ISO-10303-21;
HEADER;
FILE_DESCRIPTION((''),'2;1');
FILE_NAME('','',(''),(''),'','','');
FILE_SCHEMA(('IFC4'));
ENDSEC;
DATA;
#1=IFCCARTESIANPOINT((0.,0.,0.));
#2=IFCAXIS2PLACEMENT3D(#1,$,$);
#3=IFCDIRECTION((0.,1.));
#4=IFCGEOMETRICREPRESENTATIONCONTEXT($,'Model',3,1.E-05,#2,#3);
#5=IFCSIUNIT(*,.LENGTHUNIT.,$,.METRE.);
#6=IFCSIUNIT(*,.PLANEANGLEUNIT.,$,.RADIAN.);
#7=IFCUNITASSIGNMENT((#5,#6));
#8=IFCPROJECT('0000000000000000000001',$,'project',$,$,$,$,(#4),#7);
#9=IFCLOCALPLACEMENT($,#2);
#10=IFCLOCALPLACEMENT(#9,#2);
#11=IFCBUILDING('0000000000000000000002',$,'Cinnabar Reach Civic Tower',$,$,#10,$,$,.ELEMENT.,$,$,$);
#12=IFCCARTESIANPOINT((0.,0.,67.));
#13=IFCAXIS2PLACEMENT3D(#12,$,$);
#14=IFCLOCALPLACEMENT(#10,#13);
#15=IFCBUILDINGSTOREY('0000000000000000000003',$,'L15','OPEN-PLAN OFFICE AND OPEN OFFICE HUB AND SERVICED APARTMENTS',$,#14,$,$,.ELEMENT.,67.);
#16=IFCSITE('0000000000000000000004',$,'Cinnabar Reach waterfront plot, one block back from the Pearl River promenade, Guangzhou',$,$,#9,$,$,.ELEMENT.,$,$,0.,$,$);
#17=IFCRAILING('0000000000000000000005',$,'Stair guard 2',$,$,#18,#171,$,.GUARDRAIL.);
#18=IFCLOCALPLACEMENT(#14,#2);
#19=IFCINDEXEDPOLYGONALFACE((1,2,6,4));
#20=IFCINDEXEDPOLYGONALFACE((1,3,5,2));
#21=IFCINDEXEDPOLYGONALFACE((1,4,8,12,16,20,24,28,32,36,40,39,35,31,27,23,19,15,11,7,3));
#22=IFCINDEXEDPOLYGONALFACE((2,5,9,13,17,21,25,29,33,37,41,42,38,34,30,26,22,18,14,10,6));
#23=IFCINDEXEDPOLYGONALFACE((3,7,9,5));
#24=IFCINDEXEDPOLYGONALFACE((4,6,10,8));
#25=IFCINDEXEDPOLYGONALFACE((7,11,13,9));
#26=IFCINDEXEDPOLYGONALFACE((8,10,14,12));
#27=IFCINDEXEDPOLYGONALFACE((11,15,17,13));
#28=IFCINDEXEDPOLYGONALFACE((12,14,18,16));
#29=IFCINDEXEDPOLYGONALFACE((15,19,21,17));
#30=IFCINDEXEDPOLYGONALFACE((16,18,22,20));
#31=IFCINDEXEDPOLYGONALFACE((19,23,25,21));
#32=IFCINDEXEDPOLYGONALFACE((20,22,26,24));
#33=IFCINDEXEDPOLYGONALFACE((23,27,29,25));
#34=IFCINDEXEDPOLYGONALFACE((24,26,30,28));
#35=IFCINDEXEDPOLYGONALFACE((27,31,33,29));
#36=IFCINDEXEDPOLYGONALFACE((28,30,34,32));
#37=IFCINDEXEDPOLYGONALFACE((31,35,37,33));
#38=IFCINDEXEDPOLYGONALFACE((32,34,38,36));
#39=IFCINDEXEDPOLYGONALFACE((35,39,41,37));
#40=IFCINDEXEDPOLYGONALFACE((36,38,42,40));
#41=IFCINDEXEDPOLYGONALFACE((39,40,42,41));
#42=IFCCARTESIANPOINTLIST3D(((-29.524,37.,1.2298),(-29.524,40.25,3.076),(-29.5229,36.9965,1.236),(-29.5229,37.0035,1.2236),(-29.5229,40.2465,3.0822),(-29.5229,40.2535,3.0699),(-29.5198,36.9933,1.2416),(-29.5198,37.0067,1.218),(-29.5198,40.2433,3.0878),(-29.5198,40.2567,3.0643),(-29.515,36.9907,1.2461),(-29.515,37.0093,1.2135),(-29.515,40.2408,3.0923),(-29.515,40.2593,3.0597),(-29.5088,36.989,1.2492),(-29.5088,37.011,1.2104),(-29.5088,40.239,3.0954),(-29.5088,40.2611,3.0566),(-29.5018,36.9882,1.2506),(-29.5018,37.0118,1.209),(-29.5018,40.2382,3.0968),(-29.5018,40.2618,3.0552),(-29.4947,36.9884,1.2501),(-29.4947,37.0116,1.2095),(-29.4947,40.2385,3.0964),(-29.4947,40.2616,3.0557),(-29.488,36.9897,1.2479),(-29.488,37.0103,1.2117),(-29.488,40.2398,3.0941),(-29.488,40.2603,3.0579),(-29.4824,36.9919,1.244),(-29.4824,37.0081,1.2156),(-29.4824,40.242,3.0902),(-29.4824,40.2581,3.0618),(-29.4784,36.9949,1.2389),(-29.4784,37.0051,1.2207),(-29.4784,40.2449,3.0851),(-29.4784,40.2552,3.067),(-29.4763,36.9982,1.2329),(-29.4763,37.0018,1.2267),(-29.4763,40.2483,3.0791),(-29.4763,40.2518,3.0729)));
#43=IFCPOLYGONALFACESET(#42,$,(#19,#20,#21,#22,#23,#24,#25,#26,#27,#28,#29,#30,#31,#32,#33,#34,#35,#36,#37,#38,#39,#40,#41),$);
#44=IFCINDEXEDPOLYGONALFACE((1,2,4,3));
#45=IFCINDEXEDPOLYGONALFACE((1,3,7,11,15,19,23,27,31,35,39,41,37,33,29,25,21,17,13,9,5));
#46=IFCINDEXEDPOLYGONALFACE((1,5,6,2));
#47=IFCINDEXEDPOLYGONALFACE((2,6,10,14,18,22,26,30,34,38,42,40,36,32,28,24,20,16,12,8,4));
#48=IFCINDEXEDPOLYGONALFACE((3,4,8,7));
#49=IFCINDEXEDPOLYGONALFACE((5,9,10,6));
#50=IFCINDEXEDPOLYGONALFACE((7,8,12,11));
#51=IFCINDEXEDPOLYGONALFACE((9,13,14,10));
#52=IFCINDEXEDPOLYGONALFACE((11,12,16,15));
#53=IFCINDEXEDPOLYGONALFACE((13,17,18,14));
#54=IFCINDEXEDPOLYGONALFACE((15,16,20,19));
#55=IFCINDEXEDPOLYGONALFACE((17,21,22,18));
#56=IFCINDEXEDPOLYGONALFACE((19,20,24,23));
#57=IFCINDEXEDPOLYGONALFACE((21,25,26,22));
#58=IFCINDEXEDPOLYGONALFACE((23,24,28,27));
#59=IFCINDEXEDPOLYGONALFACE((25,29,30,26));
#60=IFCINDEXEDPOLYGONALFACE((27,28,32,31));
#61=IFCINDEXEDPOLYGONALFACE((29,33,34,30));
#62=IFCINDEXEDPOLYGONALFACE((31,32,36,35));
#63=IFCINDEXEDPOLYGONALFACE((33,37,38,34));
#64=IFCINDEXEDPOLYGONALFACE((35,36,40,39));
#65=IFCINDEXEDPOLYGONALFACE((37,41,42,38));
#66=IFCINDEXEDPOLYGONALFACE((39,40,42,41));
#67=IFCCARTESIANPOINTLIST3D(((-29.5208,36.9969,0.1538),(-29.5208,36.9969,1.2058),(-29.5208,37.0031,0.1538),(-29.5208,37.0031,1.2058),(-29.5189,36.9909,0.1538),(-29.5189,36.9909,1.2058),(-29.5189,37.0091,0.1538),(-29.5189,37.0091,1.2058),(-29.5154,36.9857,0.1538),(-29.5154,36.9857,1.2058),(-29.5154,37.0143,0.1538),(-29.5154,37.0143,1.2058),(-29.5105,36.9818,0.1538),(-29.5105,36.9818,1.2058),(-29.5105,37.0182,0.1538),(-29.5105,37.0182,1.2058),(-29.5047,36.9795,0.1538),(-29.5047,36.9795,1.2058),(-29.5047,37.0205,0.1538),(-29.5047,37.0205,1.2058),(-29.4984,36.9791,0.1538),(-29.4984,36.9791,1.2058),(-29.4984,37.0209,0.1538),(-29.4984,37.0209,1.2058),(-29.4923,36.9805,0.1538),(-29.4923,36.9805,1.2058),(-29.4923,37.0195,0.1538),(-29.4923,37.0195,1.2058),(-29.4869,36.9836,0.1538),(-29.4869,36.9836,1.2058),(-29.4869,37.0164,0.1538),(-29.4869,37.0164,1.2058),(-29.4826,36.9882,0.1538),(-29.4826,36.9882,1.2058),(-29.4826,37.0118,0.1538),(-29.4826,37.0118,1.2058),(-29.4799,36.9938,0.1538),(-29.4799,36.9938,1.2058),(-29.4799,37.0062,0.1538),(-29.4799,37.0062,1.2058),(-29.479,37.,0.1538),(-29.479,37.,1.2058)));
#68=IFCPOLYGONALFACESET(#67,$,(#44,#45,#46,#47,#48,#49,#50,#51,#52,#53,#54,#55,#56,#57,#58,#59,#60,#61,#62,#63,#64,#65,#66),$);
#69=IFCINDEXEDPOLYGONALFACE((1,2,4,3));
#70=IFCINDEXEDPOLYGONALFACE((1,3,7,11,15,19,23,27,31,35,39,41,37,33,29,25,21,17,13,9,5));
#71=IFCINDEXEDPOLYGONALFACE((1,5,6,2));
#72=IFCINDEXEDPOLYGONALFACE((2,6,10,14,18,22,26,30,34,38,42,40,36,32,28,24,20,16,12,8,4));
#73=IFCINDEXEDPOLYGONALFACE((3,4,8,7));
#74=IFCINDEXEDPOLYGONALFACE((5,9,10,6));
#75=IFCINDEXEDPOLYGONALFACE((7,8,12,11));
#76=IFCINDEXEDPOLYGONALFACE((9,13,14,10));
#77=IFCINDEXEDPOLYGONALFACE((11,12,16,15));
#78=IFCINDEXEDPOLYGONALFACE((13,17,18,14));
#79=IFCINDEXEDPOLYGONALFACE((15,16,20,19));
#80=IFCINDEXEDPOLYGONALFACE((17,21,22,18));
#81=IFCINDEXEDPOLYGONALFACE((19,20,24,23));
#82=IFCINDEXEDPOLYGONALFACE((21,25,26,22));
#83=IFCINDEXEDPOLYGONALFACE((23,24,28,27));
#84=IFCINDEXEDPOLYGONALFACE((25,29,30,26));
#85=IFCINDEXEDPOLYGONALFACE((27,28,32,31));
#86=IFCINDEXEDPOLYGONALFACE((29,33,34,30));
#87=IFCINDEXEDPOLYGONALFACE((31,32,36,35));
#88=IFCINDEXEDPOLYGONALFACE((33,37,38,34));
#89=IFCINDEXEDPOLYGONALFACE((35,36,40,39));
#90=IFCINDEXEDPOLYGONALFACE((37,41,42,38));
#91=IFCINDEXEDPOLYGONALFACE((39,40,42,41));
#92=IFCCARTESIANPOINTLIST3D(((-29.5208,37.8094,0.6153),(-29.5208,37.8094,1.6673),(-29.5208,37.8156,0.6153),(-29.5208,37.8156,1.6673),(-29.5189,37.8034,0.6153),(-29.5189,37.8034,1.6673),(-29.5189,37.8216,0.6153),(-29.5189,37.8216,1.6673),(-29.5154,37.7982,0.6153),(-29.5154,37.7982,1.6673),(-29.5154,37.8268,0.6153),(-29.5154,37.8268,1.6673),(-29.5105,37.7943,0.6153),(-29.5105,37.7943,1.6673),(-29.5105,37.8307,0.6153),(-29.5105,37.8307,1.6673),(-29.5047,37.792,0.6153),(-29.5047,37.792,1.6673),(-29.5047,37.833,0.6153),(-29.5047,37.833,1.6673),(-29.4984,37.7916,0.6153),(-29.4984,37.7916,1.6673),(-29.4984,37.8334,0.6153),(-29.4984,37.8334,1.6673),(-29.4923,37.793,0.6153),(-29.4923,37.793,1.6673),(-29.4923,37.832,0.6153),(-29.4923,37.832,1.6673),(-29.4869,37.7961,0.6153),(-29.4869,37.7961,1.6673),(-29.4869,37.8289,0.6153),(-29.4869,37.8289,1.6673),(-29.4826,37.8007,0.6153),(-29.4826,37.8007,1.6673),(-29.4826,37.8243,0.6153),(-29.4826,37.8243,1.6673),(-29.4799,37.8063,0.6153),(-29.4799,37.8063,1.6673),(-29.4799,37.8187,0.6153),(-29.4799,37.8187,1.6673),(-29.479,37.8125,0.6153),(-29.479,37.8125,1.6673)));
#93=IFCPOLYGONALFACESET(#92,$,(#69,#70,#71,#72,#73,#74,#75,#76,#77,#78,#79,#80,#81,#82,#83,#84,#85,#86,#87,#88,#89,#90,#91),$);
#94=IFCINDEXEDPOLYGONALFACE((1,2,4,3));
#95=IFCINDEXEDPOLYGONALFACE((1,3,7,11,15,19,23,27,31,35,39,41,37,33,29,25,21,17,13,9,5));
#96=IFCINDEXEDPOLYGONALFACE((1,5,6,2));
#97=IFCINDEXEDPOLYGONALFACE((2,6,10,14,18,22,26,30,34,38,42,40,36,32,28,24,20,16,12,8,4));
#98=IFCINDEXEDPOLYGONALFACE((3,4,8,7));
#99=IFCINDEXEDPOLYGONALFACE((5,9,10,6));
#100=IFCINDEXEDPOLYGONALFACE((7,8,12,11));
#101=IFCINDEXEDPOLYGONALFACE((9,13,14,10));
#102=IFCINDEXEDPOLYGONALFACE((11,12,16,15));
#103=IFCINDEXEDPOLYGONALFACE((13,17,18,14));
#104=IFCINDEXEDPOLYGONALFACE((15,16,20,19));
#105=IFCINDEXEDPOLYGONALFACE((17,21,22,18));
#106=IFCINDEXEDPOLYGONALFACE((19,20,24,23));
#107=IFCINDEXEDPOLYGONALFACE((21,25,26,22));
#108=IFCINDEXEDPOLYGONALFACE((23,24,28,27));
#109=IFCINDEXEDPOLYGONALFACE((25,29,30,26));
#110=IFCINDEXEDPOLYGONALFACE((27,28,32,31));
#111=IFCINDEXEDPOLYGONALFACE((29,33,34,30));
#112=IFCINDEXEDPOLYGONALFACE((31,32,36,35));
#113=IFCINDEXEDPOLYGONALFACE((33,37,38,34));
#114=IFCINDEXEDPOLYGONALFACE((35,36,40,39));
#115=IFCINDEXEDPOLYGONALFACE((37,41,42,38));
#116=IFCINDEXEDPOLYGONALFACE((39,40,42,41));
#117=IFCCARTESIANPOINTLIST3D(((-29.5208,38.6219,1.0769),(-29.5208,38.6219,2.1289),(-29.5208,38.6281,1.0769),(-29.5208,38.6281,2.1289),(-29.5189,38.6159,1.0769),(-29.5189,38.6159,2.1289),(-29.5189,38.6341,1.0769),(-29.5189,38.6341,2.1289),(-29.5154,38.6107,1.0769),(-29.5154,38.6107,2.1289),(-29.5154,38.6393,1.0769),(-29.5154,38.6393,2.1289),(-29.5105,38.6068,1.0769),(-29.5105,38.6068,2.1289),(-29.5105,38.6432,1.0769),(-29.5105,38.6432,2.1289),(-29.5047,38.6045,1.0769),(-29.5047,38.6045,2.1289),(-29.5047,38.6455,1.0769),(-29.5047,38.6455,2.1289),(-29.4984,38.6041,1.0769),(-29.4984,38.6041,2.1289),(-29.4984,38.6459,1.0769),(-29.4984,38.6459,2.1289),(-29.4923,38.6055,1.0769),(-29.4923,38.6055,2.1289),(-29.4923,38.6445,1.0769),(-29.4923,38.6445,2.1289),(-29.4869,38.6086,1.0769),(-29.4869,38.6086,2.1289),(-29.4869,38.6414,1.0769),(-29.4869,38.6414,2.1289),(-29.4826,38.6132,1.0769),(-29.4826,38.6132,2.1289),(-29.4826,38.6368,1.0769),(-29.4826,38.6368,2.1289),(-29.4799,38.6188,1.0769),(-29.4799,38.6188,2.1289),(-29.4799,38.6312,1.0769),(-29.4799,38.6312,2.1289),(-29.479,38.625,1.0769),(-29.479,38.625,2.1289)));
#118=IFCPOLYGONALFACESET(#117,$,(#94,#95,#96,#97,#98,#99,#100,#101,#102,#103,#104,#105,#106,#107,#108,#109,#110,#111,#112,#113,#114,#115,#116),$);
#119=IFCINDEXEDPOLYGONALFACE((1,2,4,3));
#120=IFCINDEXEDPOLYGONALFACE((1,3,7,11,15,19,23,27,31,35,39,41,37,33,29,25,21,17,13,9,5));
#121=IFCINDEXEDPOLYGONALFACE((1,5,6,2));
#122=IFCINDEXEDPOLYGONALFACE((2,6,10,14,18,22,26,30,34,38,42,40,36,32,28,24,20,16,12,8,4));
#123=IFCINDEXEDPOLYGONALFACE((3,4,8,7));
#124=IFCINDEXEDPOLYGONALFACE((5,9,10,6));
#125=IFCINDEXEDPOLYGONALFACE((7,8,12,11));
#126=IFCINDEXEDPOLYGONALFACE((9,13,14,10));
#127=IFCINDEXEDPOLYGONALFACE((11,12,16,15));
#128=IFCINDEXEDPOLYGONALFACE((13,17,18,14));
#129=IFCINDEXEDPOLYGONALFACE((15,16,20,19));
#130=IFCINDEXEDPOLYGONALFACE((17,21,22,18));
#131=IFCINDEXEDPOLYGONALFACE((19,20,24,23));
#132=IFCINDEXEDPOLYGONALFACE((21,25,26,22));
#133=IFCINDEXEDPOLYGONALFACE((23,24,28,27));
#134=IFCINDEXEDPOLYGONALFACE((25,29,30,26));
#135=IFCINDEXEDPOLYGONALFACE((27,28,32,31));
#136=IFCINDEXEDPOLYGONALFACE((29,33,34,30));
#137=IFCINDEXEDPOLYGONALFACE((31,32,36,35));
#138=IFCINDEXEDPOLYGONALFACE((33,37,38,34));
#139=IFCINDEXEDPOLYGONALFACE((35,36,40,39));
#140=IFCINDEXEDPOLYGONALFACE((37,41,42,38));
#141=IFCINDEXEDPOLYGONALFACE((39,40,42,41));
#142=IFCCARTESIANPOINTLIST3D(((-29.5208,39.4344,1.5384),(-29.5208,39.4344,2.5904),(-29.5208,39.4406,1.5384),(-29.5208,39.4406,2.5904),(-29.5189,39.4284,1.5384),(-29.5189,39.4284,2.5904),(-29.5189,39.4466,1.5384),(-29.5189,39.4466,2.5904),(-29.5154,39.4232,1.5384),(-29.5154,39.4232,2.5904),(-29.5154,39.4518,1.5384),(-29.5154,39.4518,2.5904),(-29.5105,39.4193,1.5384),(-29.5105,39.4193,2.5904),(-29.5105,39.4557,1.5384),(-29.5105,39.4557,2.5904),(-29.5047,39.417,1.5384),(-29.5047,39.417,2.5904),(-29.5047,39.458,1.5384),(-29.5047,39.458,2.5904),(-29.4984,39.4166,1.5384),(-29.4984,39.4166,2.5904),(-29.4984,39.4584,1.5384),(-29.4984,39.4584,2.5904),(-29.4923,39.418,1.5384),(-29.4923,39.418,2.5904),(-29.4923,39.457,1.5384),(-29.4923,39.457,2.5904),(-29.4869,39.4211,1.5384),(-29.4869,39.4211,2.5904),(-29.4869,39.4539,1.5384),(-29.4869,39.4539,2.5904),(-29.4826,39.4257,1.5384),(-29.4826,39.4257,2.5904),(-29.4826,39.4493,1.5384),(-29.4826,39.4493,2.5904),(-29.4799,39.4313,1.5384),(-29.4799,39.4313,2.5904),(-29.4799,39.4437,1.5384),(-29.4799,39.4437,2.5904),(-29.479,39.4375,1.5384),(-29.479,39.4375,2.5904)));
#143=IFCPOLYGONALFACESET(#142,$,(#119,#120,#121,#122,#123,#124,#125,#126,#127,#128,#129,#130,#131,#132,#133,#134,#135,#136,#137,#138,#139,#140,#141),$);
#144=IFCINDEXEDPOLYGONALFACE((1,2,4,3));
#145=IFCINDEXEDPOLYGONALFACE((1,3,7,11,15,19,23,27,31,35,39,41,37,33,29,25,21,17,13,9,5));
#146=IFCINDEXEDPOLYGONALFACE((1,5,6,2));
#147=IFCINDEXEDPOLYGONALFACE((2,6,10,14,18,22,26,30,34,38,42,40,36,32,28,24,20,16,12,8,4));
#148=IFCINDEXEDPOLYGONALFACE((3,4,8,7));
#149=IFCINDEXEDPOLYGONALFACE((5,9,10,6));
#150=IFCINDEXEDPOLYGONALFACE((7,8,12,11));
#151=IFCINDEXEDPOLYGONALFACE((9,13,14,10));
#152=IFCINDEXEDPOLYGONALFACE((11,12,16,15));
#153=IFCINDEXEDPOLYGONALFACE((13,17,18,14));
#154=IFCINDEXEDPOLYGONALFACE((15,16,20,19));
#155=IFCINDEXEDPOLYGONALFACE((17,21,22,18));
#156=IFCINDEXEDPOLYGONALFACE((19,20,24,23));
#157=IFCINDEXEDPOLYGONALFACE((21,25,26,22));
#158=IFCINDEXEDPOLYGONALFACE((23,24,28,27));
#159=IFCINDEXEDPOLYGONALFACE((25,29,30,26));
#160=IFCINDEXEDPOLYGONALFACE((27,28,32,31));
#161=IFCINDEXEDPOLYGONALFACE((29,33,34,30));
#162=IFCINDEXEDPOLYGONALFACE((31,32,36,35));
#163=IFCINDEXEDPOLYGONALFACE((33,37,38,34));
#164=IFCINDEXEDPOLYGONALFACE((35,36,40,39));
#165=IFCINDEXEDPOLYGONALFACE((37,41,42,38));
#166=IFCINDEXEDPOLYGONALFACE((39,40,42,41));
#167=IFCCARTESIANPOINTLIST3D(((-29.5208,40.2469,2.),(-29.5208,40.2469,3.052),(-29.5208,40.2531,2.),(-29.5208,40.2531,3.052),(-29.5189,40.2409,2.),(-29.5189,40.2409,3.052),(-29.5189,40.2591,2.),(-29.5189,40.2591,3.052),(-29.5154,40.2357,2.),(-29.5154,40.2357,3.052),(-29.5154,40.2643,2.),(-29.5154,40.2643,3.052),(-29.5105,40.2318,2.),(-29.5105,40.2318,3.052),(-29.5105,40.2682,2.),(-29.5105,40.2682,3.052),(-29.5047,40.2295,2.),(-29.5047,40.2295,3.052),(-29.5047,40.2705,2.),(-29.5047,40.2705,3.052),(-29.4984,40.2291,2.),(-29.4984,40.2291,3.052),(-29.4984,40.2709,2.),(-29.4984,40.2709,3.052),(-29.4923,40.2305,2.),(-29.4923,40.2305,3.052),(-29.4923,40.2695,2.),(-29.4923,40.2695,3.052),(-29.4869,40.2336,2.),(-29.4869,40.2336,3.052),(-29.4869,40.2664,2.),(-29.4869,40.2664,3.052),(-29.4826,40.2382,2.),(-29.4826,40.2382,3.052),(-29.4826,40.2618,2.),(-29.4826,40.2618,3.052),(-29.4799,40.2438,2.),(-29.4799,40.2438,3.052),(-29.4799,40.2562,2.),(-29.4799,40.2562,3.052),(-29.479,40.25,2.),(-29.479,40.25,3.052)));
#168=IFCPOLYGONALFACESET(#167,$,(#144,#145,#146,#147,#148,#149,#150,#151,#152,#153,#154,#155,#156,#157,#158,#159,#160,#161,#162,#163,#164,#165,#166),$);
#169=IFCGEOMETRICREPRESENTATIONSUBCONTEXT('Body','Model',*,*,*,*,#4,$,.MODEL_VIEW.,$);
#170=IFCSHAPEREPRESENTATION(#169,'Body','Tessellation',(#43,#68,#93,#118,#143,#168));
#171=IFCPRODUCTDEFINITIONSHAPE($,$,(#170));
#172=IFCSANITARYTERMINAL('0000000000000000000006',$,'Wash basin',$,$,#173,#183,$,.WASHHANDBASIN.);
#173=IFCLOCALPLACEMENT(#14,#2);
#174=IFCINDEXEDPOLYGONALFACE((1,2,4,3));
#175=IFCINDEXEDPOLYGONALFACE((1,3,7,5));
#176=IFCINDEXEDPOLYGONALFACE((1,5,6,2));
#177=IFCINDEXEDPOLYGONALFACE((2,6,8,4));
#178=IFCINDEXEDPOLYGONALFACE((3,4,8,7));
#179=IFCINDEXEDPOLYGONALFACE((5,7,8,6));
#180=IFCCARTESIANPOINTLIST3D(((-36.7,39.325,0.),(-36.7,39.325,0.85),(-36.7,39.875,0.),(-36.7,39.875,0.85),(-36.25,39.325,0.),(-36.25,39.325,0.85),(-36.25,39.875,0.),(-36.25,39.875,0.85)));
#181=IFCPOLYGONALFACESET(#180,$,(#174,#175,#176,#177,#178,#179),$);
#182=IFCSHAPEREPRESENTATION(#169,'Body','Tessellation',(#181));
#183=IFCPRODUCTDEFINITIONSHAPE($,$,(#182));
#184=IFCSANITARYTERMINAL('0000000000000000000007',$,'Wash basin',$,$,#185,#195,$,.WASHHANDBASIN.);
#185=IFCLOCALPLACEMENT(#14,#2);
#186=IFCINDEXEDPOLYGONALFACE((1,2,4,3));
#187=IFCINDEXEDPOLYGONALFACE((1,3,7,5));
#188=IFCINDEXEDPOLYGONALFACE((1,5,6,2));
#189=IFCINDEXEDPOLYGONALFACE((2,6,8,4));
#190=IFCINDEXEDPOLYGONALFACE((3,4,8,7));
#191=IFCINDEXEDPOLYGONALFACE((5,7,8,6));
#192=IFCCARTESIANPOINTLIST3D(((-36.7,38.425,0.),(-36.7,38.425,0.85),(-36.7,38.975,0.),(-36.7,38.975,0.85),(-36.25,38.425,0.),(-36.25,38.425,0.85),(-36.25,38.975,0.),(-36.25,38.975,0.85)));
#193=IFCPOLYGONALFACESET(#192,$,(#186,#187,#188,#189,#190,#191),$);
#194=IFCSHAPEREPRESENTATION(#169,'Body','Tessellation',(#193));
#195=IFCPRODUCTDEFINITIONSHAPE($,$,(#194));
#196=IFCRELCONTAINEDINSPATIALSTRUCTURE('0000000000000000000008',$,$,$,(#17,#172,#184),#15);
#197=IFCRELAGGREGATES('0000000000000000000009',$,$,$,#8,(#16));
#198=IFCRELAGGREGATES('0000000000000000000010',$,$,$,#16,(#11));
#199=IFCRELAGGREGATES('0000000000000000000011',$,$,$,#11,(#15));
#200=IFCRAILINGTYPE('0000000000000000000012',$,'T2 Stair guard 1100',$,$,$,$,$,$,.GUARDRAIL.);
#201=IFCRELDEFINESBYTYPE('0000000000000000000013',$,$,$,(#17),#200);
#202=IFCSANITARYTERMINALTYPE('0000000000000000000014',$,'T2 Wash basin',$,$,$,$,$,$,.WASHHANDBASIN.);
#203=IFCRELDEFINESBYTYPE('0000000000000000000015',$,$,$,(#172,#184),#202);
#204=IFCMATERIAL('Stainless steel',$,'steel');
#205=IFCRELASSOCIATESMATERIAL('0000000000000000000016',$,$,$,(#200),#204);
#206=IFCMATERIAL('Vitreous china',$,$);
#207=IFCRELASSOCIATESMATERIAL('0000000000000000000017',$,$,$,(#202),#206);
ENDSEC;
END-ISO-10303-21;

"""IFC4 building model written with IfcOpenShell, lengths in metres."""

from ifc_helpers import new_model, si_unit, direction, frame, origin, origin_2d, place, context, subcontext, project, spatial, rectangle, circle, extrude, material, type_object, element, save


model = new_model("IFC4")

# Units and contexts
model_context = context("Model", 3, precision=1e-05, world=origin(), true_north=direction((0.0, 1.0)))
body_context = subcontext(model_context, "Body", "Model", "MODEL_VIEW")
ifc_project = project(units=[si_unit("LENGTHUNIT", "METRE"), si_unit("PLANEANGLEUNIT", "RADIAN")], contexts=[model_context])

# Site, building, storey
site_placement = place(None, origin())
site = spatial("IfcSite", under=ifc_project, at=site_placement, Name="Cinnabar Reach waterfront plot, one block back from the Pearl River promenade, Guangzhou", CompositionType="ELEMENT", RefElevation=0.0)
building_placement = place(site_placement, origin())
building = spatial("IfcBuilding", under=site, at=building_placement, Name="Cinnabar Reach Civic Tower", CompositionType="ELEMENT")
storey_placement = place(building_placement, frame((0.0, 0.0, 67.0)))
storey = spatial("IfcBuildingStorey", under=building, at=storey_placement, Name="L15", Description="OPEN-PLAN OFFICE AND OPEN OFFICE HUB AND SERVICED APARTMENTS", CompositionType="ELEMENT", Elevation=67.0)

# Railing
ifc_material_1 = material(Name="Stainless steel", Category="steel")
railing_type = type_object("IfcRailingType", Name="T2 Stair guard 1100", PredefinedType="GUARDRAIL", material=ifc_material_1)
railing_1_placement = place(storey_placement, frame((-29.5, 37.0, 0.1538)))
element("IfcRailing", 1, at=railing_1_placement, inside=storey, type_object=railing_type, Name="Stair guard 2", PredefinedType="GUARDRAIL", context=body_context, shape_type="SweptSolid", body=[
    extrude(circle(Radius=0.024, at=origin_2d()), frame((0.0, 0.0, 1.076), z_axis=(0.0, 0.869501, 0.49393), x_axis=(-1.0, 0.0, 0.0)), (0.0, 0.0, 1.0), 3.7378),
    extrude(circle(Radius=0.021, at=origin_2d()), origin(), (0.0, 0.0, 1.0), 1.052),
    extrude(circle(Radius=0.021, at=origin_2d()), frame((0.0, 0.8125, 0.4615)), (0.0, 0.0, 1.0), 1.052),
    extrude(circle(Radius=0.021, at=origin_2d()), frame((0.0, 1.625, 0.9231)), (0.0, 0.0, 1.0), 1.052),
    extrude(circle(Radius=0.021, at=origin_2d()), frame((0.0, 2.4375, 1.3846)), (0.0, 0.0, 1.0), 1.052),
    extrude(circle(Radius=0.021, at=origin_2d()), frame((0.0, 3.25, 1.8462)), (0.0, 0.0, 1.0), 1.052),
])

# Sanitary terminals
ifc_material_2 = material(Name="Vitreous china")
sanitary_terminal_type = type_object("IfcSanitaryTerminalType", Name="T2 Wash basin", PredefinedType="WASHHANDBASIN", material=ifc_material_2)
for number, where, z_axis, x_axis, name in (
    (2, (-36.475, 39.6, 0.0), (0.0, 0.0, 1.0), (1.0, 0.0, 0.0), "Wash basin"),
    (3, (-36.475, 38.7, 0.0), (0.0, 0.0, 1.0), (1.0, 0.0, 0.0), "Wash basin"),
):
    element("IfcSanitaryTerminal", number, at=place(storey_placement, frame(where, z_axis=z_axis, x_axis=x_axis)), inside=storey, type_object=sanitary_terminal_type, Name=name, PredefinedType="WASHHANDBASIN", context=body_context, shape_type="SweptSolid", body=[
        extrude(rectangle(XDim=0.45, YDim=0.55, at=origin_2d()), origin(), (0.0, 0.0, 1.0), 0.85),
    ])

save(model, "model.ifc")
